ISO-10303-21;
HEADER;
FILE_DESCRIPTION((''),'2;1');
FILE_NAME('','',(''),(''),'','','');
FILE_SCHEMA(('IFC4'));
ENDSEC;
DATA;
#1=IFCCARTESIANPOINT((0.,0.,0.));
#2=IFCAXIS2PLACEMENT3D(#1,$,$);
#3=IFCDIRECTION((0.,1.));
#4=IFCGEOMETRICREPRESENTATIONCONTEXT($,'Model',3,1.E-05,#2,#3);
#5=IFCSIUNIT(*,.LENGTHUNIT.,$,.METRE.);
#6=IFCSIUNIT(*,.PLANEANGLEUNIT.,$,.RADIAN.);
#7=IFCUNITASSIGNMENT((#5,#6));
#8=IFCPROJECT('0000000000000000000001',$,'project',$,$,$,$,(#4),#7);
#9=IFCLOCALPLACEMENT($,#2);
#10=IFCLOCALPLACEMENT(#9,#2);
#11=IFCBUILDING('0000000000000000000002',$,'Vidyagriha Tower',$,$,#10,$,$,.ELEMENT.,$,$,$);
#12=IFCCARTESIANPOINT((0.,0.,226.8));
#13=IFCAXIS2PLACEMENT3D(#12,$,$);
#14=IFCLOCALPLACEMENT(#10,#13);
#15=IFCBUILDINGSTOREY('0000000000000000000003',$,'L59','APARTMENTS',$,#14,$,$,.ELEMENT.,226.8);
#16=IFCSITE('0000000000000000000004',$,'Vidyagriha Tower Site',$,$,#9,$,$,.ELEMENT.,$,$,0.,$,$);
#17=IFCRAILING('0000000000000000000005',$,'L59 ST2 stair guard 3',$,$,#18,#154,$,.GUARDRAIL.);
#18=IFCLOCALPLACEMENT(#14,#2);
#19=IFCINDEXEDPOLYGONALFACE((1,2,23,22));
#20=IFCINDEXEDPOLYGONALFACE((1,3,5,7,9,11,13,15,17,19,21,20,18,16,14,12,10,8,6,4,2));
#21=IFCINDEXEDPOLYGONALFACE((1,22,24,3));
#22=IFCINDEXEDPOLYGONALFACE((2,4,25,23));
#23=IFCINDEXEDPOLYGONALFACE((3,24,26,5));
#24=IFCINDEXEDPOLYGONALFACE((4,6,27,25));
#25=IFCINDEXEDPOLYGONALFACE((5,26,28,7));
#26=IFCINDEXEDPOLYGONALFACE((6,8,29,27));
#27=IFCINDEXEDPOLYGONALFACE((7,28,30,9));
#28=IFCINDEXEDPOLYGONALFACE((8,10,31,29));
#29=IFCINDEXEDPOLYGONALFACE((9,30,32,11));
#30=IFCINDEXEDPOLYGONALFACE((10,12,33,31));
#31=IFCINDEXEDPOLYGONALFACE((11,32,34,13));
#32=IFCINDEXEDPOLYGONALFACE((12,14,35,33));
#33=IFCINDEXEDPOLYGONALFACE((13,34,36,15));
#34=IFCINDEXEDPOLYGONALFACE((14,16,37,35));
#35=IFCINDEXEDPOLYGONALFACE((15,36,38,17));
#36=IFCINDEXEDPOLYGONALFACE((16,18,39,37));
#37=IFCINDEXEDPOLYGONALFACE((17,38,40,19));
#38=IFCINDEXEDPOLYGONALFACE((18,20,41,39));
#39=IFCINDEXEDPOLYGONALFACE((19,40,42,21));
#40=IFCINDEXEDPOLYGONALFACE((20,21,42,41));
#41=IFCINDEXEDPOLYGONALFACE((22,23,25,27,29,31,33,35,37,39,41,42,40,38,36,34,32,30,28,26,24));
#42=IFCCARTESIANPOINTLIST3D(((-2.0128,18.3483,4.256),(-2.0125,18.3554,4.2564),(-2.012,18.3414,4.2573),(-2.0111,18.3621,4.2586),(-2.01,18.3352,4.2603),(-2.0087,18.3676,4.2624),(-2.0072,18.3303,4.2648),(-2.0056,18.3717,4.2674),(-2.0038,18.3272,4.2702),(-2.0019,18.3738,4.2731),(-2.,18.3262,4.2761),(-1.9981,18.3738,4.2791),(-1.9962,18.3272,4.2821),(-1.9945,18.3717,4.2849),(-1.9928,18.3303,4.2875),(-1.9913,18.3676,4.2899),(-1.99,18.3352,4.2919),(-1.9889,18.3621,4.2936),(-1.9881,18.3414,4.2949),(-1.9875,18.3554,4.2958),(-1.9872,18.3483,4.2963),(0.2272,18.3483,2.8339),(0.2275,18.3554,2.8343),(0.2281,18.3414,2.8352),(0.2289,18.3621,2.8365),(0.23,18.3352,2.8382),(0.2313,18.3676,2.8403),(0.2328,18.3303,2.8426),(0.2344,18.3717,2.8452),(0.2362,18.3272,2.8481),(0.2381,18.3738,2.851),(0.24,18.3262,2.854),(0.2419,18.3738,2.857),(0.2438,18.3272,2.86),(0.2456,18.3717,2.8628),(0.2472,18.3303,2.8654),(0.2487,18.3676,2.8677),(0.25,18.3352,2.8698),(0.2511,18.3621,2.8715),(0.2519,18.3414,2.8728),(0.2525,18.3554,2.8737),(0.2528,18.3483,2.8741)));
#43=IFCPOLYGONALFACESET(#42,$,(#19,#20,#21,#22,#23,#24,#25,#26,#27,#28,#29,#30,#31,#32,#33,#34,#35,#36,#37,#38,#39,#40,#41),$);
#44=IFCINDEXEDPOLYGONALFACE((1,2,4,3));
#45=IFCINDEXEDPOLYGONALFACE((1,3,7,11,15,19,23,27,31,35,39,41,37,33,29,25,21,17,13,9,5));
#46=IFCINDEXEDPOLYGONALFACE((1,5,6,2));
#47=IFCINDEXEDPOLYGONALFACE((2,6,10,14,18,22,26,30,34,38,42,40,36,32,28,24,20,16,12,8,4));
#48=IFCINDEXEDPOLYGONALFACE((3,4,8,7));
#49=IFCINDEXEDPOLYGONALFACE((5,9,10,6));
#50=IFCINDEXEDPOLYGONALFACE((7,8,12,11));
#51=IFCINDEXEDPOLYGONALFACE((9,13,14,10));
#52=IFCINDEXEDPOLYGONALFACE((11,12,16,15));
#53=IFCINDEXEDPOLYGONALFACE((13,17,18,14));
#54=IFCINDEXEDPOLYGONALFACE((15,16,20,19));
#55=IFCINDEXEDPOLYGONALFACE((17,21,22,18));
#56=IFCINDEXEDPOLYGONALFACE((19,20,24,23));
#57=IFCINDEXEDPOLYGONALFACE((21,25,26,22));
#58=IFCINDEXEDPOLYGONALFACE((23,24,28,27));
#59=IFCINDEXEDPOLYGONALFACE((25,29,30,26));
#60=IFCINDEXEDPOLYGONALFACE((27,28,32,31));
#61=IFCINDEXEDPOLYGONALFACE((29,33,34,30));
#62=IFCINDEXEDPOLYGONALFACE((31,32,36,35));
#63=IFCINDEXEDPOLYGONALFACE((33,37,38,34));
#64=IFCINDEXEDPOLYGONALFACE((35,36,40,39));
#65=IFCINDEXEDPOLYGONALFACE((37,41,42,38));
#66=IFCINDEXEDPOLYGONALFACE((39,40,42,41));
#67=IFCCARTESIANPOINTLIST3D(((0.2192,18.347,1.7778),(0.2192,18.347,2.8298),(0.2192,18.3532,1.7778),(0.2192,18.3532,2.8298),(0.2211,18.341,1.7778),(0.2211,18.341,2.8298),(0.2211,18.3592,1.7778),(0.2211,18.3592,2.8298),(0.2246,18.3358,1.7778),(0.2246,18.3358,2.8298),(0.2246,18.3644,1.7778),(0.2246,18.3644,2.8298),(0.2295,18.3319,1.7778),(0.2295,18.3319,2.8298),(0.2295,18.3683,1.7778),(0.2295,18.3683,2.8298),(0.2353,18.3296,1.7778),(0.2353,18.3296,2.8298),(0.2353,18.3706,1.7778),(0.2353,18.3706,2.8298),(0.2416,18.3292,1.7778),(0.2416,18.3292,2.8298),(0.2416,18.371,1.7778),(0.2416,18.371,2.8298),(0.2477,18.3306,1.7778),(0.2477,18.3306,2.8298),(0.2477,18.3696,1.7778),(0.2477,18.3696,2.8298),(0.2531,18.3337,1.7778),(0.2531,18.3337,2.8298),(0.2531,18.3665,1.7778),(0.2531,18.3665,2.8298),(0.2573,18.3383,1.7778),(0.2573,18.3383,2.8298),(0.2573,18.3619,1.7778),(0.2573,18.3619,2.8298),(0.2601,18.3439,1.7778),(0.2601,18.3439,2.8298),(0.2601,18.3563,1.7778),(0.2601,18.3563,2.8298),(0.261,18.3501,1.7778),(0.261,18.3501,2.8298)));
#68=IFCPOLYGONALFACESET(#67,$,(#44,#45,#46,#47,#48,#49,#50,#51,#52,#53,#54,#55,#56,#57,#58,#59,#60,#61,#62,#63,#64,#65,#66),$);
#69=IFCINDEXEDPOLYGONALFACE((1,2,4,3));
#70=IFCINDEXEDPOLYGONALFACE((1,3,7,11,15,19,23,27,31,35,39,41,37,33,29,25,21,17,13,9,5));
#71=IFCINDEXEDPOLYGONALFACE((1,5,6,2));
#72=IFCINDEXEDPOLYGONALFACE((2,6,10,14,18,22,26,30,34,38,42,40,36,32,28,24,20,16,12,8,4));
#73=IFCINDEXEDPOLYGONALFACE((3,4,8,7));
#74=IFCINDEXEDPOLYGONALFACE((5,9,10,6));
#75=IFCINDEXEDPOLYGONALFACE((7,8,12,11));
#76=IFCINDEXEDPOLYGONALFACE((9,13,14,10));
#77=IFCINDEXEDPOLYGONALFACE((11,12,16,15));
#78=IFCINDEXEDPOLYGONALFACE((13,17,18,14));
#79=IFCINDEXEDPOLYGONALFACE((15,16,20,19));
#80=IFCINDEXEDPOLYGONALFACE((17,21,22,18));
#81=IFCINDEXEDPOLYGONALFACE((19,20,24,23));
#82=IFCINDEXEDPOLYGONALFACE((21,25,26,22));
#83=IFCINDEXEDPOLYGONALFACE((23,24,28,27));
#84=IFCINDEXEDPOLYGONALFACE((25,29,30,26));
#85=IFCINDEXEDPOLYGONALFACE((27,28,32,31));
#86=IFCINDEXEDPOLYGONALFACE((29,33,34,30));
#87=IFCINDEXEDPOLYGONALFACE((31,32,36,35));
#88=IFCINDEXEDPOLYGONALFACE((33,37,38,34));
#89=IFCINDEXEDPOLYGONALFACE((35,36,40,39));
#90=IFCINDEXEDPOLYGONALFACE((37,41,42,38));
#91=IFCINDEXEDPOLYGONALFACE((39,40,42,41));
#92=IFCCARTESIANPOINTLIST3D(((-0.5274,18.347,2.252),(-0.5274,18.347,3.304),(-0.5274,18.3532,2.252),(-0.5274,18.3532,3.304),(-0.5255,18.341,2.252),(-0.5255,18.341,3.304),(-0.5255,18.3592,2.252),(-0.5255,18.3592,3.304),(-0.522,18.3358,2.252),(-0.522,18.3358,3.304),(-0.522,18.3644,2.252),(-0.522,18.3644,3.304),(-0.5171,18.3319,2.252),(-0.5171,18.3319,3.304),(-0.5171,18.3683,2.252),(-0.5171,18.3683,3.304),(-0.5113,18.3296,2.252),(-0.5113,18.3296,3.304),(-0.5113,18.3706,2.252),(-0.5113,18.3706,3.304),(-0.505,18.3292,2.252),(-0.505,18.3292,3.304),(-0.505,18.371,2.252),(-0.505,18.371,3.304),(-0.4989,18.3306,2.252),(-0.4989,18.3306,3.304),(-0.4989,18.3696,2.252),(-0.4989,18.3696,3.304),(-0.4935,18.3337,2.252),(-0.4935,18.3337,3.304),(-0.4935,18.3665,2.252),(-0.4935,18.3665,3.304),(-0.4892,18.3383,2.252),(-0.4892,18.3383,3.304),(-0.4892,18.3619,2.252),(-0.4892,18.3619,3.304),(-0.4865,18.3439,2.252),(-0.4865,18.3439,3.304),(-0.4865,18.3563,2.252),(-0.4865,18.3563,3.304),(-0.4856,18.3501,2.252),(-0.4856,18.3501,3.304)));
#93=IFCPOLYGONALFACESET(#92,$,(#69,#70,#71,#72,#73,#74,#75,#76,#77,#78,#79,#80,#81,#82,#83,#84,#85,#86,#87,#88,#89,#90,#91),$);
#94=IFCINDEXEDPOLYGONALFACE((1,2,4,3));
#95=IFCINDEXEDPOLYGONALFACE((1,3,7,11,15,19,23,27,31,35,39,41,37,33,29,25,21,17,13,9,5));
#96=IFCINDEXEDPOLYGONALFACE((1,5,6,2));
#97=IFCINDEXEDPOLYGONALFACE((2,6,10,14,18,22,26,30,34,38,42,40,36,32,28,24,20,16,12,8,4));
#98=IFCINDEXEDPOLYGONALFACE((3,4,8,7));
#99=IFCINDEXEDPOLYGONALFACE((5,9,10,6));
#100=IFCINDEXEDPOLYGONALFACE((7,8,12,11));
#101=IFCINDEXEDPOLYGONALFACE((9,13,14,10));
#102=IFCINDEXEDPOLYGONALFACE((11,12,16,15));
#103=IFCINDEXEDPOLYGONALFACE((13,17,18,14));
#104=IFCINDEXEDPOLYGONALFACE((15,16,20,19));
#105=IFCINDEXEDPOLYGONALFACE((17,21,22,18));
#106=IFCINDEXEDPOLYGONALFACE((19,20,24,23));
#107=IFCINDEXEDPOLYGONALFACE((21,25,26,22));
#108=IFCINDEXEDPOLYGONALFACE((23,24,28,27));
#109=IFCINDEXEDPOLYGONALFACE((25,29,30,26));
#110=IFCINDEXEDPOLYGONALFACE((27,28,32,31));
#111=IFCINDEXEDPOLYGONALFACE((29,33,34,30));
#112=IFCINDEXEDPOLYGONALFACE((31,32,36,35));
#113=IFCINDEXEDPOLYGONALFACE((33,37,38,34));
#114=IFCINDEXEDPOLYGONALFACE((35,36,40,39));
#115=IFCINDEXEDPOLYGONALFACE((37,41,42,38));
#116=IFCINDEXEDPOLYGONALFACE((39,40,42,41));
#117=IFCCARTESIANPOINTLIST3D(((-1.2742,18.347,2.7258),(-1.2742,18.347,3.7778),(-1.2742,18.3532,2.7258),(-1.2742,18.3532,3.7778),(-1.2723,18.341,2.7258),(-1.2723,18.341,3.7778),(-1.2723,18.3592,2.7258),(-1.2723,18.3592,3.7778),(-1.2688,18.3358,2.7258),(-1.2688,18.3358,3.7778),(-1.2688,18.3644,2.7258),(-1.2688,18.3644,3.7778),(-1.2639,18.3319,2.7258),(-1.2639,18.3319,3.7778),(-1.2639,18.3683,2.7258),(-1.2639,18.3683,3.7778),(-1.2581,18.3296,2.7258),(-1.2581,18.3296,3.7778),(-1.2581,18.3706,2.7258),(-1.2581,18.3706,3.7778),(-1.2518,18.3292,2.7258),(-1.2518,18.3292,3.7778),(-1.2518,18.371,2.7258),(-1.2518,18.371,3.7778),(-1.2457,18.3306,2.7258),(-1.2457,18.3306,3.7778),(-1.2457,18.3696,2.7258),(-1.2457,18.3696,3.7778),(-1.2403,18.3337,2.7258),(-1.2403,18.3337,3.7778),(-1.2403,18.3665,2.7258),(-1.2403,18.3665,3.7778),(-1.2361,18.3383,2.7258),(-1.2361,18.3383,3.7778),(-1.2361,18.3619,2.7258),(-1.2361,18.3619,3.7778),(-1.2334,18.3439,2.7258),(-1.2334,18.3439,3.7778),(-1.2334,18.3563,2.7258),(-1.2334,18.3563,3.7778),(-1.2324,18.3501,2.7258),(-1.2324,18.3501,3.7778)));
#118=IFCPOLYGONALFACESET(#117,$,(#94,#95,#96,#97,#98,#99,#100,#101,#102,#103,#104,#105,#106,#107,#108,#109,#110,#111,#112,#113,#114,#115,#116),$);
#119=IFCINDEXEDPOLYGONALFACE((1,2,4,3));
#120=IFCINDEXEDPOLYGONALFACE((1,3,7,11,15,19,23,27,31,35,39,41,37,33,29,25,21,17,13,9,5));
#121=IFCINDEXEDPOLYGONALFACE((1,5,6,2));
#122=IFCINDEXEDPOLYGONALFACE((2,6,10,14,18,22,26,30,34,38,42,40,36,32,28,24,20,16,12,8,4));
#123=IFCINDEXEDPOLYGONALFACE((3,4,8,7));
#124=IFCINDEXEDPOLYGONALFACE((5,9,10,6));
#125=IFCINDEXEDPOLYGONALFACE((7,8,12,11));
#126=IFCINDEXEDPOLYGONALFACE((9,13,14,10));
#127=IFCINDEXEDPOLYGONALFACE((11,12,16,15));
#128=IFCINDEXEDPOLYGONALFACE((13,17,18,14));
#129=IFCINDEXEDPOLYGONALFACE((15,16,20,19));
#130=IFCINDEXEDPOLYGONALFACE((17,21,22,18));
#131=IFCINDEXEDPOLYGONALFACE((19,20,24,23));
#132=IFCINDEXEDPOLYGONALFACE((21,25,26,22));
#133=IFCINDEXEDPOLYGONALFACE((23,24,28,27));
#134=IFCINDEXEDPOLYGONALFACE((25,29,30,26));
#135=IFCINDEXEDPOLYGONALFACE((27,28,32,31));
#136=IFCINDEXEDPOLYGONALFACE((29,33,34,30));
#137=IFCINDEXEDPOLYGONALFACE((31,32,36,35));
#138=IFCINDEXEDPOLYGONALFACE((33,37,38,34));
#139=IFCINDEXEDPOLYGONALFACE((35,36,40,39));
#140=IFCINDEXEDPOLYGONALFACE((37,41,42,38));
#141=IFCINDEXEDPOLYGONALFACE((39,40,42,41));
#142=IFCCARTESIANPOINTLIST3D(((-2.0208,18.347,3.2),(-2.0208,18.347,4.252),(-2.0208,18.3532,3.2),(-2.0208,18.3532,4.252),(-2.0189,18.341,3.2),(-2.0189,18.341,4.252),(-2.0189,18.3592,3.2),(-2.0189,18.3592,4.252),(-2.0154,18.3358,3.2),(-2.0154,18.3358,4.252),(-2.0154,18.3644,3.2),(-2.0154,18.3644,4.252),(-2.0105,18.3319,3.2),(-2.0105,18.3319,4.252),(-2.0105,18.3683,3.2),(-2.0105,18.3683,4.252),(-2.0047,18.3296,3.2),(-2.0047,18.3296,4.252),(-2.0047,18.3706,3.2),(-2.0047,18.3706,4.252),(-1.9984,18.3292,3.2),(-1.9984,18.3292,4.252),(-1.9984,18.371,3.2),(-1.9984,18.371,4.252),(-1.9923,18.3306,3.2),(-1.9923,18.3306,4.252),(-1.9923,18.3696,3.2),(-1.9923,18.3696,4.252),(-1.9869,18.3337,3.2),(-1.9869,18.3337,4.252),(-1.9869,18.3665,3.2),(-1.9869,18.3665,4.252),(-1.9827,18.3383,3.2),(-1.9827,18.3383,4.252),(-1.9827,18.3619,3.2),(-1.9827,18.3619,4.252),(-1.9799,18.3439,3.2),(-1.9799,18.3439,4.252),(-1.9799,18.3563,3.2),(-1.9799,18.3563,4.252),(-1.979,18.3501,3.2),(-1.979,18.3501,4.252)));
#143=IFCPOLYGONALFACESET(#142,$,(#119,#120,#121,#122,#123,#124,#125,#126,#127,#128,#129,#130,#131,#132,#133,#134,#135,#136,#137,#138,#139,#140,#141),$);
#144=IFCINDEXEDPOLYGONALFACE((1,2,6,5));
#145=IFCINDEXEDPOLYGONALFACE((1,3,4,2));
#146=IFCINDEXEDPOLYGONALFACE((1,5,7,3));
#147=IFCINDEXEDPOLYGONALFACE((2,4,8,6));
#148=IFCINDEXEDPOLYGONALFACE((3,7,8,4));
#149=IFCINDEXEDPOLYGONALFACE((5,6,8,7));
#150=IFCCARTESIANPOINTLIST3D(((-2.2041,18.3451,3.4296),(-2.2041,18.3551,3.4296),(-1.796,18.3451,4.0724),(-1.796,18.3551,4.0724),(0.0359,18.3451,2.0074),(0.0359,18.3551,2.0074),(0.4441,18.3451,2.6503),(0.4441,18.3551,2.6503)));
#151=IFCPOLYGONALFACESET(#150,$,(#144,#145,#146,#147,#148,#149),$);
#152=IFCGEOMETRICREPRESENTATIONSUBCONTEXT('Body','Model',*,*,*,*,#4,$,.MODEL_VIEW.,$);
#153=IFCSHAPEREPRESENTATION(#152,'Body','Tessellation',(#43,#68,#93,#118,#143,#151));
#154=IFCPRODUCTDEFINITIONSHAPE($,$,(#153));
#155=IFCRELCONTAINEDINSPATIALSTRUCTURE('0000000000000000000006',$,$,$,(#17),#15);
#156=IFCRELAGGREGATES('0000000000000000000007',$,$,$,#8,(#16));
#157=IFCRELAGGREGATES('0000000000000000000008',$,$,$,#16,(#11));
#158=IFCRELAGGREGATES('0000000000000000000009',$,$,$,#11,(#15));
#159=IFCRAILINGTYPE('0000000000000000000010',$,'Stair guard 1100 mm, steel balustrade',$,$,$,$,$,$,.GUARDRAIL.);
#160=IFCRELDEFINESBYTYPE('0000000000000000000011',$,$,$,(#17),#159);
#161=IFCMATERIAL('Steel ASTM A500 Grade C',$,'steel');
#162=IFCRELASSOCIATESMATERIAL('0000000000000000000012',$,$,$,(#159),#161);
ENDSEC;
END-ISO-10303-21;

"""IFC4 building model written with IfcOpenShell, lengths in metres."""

from ifc_helpers import new_model, si_unit, direction, frame, origin, origin_2d, place, context, subcontext, project, spatial, rectangle, circle, extrude, material, type_object, element, save


model = new_model("IFC4")

# Units and contexts
model_context = context("Model", 3, precision=1e-05, world=origin(), true_north=direction((0.0, 1.0)))
body_context = subcontext(model_context, "Body", "Model", "MODEL_VIEW")
ifc_project = project(units=[si_unit("LENGTHUNIT", "METRE"), si_unit("PLANEANGLEUNIT", "RADIAN")], contexts=[model_context])

# Site, building, storey
site_placement = place(None, origin())
site = spatial("IfcSite", under=ifc_project, at=site_placement, Name="Vidyagriha Tower Site", CompositionType="ELEMENT", RefElevation=0.0)
building_placement = place(site_placement, origin())
building = spatial("IfcBuilding", under=site, at=building_placement, Name="Vidyagriha Tower", CompositionType="ELEMENT")
storey_placement = place(building_placement, frame((0.0, 0.0, 226.8)))
storey = spatial("IfcBuildingStorey", under=building, at=storey_placement, Name="L59", Description="APARTMENTS", CompositionType="ELEMENT", Elevation=226.8)

# Railing
ifc_material_1 = material(Name="Steel ASTM A500 Grade C", Category="steel")
railing_type_1 = type_object("IfcRailingType", Name="Stair guard 1100 mm, steel balustrade", PredefinedType="GUARDRAIL", material=ifc_material_1)
railing_1_placement = place(storey_placement, frame((0.24, 18.3501, 1.7778)))
element("IfcRailing", 1, at=railing_1_placement, inside=storey, type_object=railing_type_1, Name="L59 ST2 stair guard 3", PredefinedType="GUARDRAIL", context=body_context, shape_type="SweptSolid", body=[
    extrude(circle(Radius=0.0239, at=origin_2d()), frame((0.0, 0.0, 1.0762), z_axis=(-0.844229, 0.0, 0.535982), x_axis=(0.0, -1.0, 0.0)), (0.0, 0.0, 1.0), 2.6533),
    extrude(circle(Radius=0.021, at=origin_2d()), origin(), (0.0, 0.0, 1.0), 1.052),
    extrude(circle(Radius=0.021, at=origin_2d()), frame((-0.7466, 0.0, 0.4741)), (0.0, 0.0, 1.0), 1.052),
    extrude(circle(Radius=0.021, at=origin_2d()), frame((-1.4934, 0.0, 0.948)), (0.0, 0.0, 1.0), 1.052),
    extrude(circle(Radius=0.021, at=origin_2d()), frame((-2.24, 0.0, 1.4221)), (0.0, 0.0, 1.0), 1.052),
    extrude(rectangle(XDim=0.01, YDim=0.7615, at=origin_2d()), frame((0.0, 0.0, 0.551), z_axis=(-0.844229, 0.0, 0.535982), x_axis=(0.0, -1.0, 0.0)), (0.0, 0.0, 1.0), 2.6533),
])

save(model, "model.ifc")
